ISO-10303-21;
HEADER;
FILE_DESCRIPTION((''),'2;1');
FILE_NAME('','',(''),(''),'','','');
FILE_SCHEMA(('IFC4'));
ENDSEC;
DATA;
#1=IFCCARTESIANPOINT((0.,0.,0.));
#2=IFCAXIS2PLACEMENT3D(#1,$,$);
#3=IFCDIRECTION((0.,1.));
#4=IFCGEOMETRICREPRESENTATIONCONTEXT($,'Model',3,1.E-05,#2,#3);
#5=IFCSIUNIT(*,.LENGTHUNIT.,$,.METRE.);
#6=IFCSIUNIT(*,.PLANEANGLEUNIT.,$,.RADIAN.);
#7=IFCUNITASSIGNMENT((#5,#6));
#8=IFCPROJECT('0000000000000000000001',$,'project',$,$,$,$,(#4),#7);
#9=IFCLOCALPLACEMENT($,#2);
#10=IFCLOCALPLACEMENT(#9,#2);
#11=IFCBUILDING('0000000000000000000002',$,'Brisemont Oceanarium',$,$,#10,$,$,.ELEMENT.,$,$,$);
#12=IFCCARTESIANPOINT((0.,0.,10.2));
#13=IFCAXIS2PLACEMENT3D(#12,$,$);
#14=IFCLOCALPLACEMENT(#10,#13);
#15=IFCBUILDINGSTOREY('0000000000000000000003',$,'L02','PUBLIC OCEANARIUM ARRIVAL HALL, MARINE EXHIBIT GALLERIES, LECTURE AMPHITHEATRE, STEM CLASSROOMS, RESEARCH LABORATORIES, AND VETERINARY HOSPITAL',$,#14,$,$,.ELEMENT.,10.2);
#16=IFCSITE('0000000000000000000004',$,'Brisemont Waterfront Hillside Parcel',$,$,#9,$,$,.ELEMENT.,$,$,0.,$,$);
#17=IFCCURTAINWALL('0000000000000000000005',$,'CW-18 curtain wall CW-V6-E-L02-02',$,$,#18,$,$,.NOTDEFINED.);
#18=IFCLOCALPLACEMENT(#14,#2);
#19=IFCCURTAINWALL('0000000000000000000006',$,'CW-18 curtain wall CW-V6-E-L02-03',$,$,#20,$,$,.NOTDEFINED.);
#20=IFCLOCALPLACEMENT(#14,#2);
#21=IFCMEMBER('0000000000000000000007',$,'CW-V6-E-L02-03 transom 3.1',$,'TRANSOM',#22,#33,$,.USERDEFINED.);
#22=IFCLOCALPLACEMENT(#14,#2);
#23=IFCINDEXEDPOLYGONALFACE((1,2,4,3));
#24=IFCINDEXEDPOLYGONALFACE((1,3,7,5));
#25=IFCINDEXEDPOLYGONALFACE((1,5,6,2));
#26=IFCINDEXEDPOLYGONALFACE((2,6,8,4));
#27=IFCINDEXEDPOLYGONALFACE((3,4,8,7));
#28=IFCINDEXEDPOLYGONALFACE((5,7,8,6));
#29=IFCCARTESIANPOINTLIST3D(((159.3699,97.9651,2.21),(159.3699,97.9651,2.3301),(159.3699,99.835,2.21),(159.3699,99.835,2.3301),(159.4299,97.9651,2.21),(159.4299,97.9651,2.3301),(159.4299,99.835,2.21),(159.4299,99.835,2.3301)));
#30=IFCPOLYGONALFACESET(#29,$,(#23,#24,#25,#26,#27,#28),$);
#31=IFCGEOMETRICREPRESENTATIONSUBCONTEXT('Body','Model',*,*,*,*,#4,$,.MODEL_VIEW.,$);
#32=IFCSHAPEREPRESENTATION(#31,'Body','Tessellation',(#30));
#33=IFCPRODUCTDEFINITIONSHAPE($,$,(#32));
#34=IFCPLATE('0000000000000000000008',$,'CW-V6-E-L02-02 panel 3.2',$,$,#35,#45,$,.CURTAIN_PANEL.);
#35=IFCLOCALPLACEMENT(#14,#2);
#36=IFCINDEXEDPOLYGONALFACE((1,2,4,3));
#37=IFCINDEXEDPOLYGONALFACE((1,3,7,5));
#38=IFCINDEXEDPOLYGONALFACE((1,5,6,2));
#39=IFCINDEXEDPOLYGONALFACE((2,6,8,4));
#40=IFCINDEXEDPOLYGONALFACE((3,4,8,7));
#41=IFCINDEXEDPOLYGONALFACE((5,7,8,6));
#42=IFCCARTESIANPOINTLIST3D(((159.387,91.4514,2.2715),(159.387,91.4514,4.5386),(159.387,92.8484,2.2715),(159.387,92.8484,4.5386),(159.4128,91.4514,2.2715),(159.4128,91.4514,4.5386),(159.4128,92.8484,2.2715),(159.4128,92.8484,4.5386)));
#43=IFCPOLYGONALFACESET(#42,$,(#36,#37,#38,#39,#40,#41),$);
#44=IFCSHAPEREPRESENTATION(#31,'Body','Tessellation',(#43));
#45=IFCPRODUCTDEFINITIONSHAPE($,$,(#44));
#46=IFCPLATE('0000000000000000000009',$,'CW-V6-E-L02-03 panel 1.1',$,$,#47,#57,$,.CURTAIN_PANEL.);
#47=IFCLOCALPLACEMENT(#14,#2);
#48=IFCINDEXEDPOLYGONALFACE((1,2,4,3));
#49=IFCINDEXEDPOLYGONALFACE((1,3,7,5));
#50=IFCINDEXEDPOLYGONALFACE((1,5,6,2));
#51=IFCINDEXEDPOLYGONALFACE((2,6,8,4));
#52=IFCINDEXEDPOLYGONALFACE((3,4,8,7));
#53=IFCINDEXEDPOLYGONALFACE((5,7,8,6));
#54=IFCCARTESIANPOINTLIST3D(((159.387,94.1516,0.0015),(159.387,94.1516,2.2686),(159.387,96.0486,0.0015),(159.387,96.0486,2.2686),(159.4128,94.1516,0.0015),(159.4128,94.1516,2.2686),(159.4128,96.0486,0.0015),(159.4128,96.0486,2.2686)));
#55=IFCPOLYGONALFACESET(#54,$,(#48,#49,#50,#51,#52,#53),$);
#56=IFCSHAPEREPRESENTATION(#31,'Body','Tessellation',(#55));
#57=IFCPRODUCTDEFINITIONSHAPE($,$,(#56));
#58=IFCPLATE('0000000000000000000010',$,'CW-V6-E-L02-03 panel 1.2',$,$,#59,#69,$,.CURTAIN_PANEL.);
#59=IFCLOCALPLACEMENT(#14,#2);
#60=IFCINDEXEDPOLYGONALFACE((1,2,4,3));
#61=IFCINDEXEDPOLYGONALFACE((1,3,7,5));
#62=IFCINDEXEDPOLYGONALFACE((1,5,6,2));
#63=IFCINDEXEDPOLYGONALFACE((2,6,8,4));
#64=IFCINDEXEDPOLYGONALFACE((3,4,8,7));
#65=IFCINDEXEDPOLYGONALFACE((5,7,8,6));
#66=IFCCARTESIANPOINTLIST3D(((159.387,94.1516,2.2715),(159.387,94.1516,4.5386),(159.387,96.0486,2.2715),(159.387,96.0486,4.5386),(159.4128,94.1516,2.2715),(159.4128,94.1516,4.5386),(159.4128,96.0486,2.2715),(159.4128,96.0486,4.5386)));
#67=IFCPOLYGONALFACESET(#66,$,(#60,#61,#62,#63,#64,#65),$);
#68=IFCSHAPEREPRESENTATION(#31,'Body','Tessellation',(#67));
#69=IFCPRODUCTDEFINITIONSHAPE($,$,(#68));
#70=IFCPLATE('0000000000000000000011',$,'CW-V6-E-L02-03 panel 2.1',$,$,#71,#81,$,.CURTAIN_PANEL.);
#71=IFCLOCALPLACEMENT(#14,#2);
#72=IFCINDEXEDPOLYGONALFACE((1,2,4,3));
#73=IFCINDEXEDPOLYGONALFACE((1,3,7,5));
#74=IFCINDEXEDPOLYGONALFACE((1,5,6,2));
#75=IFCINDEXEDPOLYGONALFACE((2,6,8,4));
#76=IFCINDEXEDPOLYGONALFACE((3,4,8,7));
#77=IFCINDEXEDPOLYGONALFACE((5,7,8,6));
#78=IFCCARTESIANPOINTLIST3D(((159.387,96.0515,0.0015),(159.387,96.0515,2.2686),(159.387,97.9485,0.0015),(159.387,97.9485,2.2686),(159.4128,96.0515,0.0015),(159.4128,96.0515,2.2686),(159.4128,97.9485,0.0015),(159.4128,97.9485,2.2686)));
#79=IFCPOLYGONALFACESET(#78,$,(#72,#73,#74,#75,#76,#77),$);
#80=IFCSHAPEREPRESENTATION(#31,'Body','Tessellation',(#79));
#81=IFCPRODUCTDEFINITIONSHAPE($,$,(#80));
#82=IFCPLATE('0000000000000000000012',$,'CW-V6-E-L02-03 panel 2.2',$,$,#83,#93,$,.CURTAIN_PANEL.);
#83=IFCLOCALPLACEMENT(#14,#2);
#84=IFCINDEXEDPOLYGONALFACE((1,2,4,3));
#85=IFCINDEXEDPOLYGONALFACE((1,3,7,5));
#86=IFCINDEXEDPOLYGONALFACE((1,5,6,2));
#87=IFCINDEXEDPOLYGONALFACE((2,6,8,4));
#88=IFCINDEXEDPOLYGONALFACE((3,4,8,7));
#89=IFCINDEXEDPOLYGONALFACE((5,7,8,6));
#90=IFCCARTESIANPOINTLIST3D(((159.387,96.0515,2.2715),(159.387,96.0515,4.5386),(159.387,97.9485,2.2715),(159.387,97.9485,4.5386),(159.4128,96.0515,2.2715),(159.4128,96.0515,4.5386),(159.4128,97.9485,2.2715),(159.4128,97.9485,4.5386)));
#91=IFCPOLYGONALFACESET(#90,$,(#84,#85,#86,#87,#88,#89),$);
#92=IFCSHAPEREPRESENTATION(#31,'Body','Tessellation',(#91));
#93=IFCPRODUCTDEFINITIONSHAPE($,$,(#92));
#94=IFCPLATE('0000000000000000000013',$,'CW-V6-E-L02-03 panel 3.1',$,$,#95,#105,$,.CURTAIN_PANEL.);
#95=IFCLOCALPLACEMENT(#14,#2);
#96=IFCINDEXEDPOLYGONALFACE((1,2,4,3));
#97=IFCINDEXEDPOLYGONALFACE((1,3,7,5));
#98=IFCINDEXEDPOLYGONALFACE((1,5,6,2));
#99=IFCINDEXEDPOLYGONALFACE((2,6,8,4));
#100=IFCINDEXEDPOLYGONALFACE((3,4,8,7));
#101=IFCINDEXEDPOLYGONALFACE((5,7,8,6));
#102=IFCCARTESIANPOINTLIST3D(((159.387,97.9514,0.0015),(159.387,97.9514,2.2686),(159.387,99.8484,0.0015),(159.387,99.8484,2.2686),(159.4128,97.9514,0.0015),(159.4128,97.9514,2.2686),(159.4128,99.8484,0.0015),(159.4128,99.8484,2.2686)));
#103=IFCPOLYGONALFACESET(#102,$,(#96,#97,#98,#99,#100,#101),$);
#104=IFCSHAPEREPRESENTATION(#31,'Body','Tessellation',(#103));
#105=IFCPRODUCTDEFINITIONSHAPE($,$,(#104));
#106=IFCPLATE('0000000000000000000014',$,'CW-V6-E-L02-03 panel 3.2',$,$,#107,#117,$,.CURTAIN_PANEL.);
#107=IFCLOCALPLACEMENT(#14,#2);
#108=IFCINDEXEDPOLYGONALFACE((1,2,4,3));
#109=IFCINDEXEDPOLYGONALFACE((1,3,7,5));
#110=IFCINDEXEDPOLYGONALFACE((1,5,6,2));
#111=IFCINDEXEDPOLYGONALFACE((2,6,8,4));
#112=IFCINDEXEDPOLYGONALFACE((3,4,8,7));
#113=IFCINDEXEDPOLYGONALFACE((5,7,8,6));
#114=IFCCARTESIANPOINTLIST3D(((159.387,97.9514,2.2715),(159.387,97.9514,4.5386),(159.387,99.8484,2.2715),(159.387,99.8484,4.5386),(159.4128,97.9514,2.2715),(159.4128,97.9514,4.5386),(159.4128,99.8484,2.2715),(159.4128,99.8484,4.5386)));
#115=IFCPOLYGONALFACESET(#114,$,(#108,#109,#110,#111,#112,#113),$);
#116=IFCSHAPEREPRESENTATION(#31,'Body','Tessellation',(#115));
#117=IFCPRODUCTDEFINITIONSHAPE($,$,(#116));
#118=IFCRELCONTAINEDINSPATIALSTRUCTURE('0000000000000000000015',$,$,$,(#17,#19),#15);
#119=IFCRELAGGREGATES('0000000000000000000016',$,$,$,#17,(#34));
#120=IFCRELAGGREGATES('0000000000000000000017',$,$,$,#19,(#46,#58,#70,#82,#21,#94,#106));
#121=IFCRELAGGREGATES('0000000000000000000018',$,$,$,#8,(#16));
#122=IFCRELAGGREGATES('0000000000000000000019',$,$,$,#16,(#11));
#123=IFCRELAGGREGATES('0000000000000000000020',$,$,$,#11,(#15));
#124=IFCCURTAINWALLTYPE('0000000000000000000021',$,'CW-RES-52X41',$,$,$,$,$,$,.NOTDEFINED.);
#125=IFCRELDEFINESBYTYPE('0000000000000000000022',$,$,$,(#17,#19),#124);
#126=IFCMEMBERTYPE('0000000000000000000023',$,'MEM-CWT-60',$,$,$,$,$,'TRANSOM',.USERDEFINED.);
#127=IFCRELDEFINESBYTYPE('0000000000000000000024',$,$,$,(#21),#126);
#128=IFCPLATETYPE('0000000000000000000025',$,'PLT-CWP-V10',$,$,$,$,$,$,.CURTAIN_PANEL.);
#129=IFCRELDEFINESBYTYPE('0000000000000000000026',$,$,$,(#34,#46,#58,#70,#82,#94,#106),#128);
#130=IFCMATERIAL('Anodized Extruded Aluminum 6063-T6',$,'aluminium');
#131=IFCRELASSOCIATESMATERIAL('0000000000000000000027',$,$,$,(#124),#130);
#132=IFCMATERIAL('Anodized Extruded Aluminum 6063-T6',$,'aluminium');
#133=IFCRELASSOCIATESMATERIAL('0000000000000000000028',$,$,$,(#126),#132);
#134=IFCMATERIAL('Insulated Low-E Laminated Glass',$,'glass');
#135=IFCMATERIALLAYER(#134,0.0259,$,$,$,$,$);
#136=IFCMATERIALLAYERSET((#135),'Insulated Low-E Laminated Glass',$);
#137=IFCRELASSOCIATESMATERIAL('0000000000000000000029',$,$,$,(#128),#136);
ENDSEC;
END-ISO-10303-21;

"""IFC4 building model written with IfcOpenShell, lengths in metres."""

from ifc_helpers import new_model, si_unit, direction, frame, origin, origin_2d, place, context, subcontext, project, spatial, rectangle, extrude, material, layer, layer_set, material_profile, profile_set, type_object, element, aggregate, save


model = new_model("IFC4")

# Units and contexts
model_context = context("Model", 3, precision=1e-05, world=origin(), true_north=direction((0.0, 1.0)))
body_context = subcontext(model_context, "Body", "Model", "MODEL_VIEW")
ifc_project = project(units=[si_unit("LENGTHUNIT", "METRE"), si_unit("PLANEANGLEUNIT", "RADIAN")], contexts=[model_context])

# Site, building, storey
site_placement = place(None, origin())
site = spatial("IfcSite", under=ifc_project, at=site_placement, Name="Brisemont Waterfront Hillside Parcel", CompositionType="ELEMENT", RefElevation=0.0)
building_placement = place(site_placement, origin())
building = spatial("IfcBuilding", under=site, at=building_placement, Name="Brisemont Oceanarium", CompositionType="ELEMENT")
storey_placement = place(building_placement, frame((0.0, 0.0, 10.2)))
storey = spatial("IfcBuildingStorey", under=building, at=storey_placement, Name="L02", Description="PUBLIC OCEANARIUM ARRIVAL HALL, MARINE EXHIBIT GALLERIES, LECTURE AMPHITHEATRE, STEM CLASSROOMS, RESEARCH LABORATORIES, AND VETERINARY HOSPITAL", CompositionType="ELEMENT", Elevation=10.2)

# Curtain wall
ifc_material_1 = material(Name="Anodized Extruded Aluminum 6063-T6", Category="aluminium")
curtain_wall_type = type_object("IfcCurtainWallType", Name="CW-RES-52X41", PredefinedType="NOTDEFINED", material=ifc_material_1)
curtain_wall_1_placement = place(storey_placement, origin())
curtain_wall_1 = element("IfcCurtainWall", 1, at=curtain_wall_1_placement, inside=storey, type_object=curtain_wall_type, Name="CW-18 curtain wall CW-V6-E-L02-02", PredefinedType="NOTDEFINED")

# Curtain wall, member
curtain_wall_2_placement = place(storey_placement, origin())
curtain_wall_2 = element("IfcCurtainWall", 2, at=curtain_wall_2_placement, inside=storey, type_object=curtain_wall_type, Name="CW-18 curtain wall CW-V6-E-L02-03", PredefinedType="NOTDEFINED")
ifc_material_2 = material(Name="Anodized Extruded Aluminum 6063-T6", Category="aluminium")
ifc_material_profile_1 = material_profile(ifc_material_2, rectangle(XDim=0.0601, YDim=0.1201, at=origin_2d()), Name="CWT-60X120")
ifc_profile_set_1 = profile_set([ifc_material_profile_1], Name="Anodized Extruded Aluminum 6063-T6")
member_type_1 = type_object("IfcMemberType", Name="MEM-CWT-60", ElementType="TRANSOM", PredefinedType="USERDEFINED", material=ifc_profile_set_1)
member_1_placement = place(storey_placement, frame((159.3999, 97.9651, 2.27), z_axis=(0.0, 1.0, 0.0), x_axis=(-1.0, 0.0, 0.0)))
member_1 = element("IfcMember", 3, at=member_1_placement, type_object=member_type_1, Name="CW-V6-E-L02-03 transom 3.1", ObjectType="TRANSOM", PredefinedType="USERDEFINED", context=body_context, shape_type="SweptSolid", body=[
    extrude(rectangle(XDim=0.0601, YDim=0.1201, at=origin_2d()), origin(), (0.0, 0.0, 1.0), 1.8699),
])

# Plates
ifc_material_3 = material(Name="Insulated Low-E Laminated Glass", Category="glass")
ifc_layer = layer(ifc_material_3, 0.0259)
ifc_layer_set = layer_set([ifc_layer], Name="Insulated Low-E Laminated Glass")
plate_type = type_object("IfcPlateType", Name="PLT-CWP-V10", PredefinedType="CURTAIN_PANEL", material=ifc_layer_set)
plate_1_placement = place(storey_placement, frame((159.3999, 92.1499, 2.2715), z_axis=(0.0, 0.0, 1.0), x_axis=(0.0, 1.0, 0.0)))
plate_1 = element("IfcPlate", 4, at=plate_1_placement, type_object=plate_type, Name="CW-V6-E-L02-02 panel 3.2", PredefinedType="CURTAIN_PANEL", context=body_context, shape_type="SweptSolid", body=[
    extrude(rectangle(XDim=1.397, YDim=0.0259, at=origin_2d()), origin(), (0.0, 0.0, 1.0), 2.2671),
])
aggregate(curtain_wall_1, [plate_1])
plate_2_placement = place(storey_placement, frame((159.3999, 95.1001, 0.0015), z_axis=(0.0, 0.0, 1.0), x_axis=(0.0, 1.0, 0.0)))
plate_2 = element("IfcPlate", 5, at=plate_2_placement, type_object=plate_type, Name="CW-V6-E-L02-03 panel 1.1", PredefinedType="CURTAIN_PANEL", context=body_context, shape_type="SweptSolid", body=[
    extrude(rectangle(XDim=1.897, YDim=0.0259, at=origin_2d()), origin(), (0.0, 0.0, 1.0), 2.2671),
])
plate_3_placement = place(storey_placement, frame((159.3999, 95.1001, 2.2715), z_axis=(0.0, 0.0, 1.0), x_axis=(0.0, 1.0, 0.0)))
plate_3 = element("IfcPlate", 6, at=plate_3_placement, type_object=plate_type, Name="CW-V6-E-L02-03 panel 1.2", PredefinedType="CURTAIN_PANEL", context=body_context, shape_type="SweptSolid", body=[
    extrude(rectangle(XDim=1.897, YDim=0.0259, at=origin_2d()), origin(), (0.0, 0.0, 1.0), 2.2671),
])
plate_4_placement = place(storey_placement, frame((159.3999, 97.0, 0.0015), z_axis=(0.0, 0.0, 1.0), x_axis=(0.0, 1.0, 0.0)))
plate_4 = element("IfcPlate", 7, at=plate_4_placement, type_object=plate_type, Name="CW-V6-E-L02-03 panel 2.1", PredefinedType="CURTAIN_PANEL", context=body_context, shape_type="SweptSolid", body=[
    extrude(rectangle(XDim=1.897, YDim=0.0259, at=origin_2d()), origin(), (0.0, 0.0, 1.0), 2.2671),
])
plate_5_placement = place(storey_placement, frame((159.3999, 97.0, 2.2715), z_axis=(0.0, 0.0, 1.0), x_axis=(0.0, 1.0, 0.0)))
plate_5 = element("IfcPlate", 8, at=plate_5_placement, type_object=plate_type, Name="CW-V6-E-L02-03 panel 2.2", PredefinedType="CURTAIN_PANEL", context=body_context, shape_type="SweptSolid", body=[
    extrude(rectangle(XDim=1.897, YDim=0.0259, at=origin_2d()), origin(), (0.0, 0.0, 1.0), 2.2671),
])
plate_6_placement = place(storey_placement, frame((159.3999, 98.8999, 0.0015), z_axis=(0.0, 0.0, 1.0), x_axis=(0.0, 1.0, 0.0)))
plate_6 = element("IfcPlate", 9, at=plate_6_placement, type_object=plate_type, Name="CW-V6-E-L02-03 panel 3.1", PredefinedType="CURTAIN_PANEL", context=body_context, shape_type="SweptSolid", body=[
    extrude(rectangle(XDim=1.897, YDim=0.0259, at=origin_2d()), origin(), (0.0, 0.0, 1.0), 2.2671),
])
plate_7_placement = place(storey_placement, frame((159.3999, 98.8999, 2.2715), z_axis=(0.0, 0.0, 1.0), x_axis=(0.0, 1.0, 0.0)))
plate_7 = element("IfcPlate", 10, at=plate_7_placement, type_object=plate_type, Name="CW-V6-E-L02-03 panel 3.2", PredefinedType="CURTAIN_PANEL", context=body_context, shape_type="SweptSolid", body=[
    extrude(rectangle(XDim=1.897, YDim=0.0259, at=origin_2d()), origin(), (0.0, 0.0, 1.0), 2.2671),
])
aggregate(curtain_wall_2, [plate_2, plate_3, plate_4, plate_5, member_1, plate_6, plate_7])

save(model, "model.ifc")
